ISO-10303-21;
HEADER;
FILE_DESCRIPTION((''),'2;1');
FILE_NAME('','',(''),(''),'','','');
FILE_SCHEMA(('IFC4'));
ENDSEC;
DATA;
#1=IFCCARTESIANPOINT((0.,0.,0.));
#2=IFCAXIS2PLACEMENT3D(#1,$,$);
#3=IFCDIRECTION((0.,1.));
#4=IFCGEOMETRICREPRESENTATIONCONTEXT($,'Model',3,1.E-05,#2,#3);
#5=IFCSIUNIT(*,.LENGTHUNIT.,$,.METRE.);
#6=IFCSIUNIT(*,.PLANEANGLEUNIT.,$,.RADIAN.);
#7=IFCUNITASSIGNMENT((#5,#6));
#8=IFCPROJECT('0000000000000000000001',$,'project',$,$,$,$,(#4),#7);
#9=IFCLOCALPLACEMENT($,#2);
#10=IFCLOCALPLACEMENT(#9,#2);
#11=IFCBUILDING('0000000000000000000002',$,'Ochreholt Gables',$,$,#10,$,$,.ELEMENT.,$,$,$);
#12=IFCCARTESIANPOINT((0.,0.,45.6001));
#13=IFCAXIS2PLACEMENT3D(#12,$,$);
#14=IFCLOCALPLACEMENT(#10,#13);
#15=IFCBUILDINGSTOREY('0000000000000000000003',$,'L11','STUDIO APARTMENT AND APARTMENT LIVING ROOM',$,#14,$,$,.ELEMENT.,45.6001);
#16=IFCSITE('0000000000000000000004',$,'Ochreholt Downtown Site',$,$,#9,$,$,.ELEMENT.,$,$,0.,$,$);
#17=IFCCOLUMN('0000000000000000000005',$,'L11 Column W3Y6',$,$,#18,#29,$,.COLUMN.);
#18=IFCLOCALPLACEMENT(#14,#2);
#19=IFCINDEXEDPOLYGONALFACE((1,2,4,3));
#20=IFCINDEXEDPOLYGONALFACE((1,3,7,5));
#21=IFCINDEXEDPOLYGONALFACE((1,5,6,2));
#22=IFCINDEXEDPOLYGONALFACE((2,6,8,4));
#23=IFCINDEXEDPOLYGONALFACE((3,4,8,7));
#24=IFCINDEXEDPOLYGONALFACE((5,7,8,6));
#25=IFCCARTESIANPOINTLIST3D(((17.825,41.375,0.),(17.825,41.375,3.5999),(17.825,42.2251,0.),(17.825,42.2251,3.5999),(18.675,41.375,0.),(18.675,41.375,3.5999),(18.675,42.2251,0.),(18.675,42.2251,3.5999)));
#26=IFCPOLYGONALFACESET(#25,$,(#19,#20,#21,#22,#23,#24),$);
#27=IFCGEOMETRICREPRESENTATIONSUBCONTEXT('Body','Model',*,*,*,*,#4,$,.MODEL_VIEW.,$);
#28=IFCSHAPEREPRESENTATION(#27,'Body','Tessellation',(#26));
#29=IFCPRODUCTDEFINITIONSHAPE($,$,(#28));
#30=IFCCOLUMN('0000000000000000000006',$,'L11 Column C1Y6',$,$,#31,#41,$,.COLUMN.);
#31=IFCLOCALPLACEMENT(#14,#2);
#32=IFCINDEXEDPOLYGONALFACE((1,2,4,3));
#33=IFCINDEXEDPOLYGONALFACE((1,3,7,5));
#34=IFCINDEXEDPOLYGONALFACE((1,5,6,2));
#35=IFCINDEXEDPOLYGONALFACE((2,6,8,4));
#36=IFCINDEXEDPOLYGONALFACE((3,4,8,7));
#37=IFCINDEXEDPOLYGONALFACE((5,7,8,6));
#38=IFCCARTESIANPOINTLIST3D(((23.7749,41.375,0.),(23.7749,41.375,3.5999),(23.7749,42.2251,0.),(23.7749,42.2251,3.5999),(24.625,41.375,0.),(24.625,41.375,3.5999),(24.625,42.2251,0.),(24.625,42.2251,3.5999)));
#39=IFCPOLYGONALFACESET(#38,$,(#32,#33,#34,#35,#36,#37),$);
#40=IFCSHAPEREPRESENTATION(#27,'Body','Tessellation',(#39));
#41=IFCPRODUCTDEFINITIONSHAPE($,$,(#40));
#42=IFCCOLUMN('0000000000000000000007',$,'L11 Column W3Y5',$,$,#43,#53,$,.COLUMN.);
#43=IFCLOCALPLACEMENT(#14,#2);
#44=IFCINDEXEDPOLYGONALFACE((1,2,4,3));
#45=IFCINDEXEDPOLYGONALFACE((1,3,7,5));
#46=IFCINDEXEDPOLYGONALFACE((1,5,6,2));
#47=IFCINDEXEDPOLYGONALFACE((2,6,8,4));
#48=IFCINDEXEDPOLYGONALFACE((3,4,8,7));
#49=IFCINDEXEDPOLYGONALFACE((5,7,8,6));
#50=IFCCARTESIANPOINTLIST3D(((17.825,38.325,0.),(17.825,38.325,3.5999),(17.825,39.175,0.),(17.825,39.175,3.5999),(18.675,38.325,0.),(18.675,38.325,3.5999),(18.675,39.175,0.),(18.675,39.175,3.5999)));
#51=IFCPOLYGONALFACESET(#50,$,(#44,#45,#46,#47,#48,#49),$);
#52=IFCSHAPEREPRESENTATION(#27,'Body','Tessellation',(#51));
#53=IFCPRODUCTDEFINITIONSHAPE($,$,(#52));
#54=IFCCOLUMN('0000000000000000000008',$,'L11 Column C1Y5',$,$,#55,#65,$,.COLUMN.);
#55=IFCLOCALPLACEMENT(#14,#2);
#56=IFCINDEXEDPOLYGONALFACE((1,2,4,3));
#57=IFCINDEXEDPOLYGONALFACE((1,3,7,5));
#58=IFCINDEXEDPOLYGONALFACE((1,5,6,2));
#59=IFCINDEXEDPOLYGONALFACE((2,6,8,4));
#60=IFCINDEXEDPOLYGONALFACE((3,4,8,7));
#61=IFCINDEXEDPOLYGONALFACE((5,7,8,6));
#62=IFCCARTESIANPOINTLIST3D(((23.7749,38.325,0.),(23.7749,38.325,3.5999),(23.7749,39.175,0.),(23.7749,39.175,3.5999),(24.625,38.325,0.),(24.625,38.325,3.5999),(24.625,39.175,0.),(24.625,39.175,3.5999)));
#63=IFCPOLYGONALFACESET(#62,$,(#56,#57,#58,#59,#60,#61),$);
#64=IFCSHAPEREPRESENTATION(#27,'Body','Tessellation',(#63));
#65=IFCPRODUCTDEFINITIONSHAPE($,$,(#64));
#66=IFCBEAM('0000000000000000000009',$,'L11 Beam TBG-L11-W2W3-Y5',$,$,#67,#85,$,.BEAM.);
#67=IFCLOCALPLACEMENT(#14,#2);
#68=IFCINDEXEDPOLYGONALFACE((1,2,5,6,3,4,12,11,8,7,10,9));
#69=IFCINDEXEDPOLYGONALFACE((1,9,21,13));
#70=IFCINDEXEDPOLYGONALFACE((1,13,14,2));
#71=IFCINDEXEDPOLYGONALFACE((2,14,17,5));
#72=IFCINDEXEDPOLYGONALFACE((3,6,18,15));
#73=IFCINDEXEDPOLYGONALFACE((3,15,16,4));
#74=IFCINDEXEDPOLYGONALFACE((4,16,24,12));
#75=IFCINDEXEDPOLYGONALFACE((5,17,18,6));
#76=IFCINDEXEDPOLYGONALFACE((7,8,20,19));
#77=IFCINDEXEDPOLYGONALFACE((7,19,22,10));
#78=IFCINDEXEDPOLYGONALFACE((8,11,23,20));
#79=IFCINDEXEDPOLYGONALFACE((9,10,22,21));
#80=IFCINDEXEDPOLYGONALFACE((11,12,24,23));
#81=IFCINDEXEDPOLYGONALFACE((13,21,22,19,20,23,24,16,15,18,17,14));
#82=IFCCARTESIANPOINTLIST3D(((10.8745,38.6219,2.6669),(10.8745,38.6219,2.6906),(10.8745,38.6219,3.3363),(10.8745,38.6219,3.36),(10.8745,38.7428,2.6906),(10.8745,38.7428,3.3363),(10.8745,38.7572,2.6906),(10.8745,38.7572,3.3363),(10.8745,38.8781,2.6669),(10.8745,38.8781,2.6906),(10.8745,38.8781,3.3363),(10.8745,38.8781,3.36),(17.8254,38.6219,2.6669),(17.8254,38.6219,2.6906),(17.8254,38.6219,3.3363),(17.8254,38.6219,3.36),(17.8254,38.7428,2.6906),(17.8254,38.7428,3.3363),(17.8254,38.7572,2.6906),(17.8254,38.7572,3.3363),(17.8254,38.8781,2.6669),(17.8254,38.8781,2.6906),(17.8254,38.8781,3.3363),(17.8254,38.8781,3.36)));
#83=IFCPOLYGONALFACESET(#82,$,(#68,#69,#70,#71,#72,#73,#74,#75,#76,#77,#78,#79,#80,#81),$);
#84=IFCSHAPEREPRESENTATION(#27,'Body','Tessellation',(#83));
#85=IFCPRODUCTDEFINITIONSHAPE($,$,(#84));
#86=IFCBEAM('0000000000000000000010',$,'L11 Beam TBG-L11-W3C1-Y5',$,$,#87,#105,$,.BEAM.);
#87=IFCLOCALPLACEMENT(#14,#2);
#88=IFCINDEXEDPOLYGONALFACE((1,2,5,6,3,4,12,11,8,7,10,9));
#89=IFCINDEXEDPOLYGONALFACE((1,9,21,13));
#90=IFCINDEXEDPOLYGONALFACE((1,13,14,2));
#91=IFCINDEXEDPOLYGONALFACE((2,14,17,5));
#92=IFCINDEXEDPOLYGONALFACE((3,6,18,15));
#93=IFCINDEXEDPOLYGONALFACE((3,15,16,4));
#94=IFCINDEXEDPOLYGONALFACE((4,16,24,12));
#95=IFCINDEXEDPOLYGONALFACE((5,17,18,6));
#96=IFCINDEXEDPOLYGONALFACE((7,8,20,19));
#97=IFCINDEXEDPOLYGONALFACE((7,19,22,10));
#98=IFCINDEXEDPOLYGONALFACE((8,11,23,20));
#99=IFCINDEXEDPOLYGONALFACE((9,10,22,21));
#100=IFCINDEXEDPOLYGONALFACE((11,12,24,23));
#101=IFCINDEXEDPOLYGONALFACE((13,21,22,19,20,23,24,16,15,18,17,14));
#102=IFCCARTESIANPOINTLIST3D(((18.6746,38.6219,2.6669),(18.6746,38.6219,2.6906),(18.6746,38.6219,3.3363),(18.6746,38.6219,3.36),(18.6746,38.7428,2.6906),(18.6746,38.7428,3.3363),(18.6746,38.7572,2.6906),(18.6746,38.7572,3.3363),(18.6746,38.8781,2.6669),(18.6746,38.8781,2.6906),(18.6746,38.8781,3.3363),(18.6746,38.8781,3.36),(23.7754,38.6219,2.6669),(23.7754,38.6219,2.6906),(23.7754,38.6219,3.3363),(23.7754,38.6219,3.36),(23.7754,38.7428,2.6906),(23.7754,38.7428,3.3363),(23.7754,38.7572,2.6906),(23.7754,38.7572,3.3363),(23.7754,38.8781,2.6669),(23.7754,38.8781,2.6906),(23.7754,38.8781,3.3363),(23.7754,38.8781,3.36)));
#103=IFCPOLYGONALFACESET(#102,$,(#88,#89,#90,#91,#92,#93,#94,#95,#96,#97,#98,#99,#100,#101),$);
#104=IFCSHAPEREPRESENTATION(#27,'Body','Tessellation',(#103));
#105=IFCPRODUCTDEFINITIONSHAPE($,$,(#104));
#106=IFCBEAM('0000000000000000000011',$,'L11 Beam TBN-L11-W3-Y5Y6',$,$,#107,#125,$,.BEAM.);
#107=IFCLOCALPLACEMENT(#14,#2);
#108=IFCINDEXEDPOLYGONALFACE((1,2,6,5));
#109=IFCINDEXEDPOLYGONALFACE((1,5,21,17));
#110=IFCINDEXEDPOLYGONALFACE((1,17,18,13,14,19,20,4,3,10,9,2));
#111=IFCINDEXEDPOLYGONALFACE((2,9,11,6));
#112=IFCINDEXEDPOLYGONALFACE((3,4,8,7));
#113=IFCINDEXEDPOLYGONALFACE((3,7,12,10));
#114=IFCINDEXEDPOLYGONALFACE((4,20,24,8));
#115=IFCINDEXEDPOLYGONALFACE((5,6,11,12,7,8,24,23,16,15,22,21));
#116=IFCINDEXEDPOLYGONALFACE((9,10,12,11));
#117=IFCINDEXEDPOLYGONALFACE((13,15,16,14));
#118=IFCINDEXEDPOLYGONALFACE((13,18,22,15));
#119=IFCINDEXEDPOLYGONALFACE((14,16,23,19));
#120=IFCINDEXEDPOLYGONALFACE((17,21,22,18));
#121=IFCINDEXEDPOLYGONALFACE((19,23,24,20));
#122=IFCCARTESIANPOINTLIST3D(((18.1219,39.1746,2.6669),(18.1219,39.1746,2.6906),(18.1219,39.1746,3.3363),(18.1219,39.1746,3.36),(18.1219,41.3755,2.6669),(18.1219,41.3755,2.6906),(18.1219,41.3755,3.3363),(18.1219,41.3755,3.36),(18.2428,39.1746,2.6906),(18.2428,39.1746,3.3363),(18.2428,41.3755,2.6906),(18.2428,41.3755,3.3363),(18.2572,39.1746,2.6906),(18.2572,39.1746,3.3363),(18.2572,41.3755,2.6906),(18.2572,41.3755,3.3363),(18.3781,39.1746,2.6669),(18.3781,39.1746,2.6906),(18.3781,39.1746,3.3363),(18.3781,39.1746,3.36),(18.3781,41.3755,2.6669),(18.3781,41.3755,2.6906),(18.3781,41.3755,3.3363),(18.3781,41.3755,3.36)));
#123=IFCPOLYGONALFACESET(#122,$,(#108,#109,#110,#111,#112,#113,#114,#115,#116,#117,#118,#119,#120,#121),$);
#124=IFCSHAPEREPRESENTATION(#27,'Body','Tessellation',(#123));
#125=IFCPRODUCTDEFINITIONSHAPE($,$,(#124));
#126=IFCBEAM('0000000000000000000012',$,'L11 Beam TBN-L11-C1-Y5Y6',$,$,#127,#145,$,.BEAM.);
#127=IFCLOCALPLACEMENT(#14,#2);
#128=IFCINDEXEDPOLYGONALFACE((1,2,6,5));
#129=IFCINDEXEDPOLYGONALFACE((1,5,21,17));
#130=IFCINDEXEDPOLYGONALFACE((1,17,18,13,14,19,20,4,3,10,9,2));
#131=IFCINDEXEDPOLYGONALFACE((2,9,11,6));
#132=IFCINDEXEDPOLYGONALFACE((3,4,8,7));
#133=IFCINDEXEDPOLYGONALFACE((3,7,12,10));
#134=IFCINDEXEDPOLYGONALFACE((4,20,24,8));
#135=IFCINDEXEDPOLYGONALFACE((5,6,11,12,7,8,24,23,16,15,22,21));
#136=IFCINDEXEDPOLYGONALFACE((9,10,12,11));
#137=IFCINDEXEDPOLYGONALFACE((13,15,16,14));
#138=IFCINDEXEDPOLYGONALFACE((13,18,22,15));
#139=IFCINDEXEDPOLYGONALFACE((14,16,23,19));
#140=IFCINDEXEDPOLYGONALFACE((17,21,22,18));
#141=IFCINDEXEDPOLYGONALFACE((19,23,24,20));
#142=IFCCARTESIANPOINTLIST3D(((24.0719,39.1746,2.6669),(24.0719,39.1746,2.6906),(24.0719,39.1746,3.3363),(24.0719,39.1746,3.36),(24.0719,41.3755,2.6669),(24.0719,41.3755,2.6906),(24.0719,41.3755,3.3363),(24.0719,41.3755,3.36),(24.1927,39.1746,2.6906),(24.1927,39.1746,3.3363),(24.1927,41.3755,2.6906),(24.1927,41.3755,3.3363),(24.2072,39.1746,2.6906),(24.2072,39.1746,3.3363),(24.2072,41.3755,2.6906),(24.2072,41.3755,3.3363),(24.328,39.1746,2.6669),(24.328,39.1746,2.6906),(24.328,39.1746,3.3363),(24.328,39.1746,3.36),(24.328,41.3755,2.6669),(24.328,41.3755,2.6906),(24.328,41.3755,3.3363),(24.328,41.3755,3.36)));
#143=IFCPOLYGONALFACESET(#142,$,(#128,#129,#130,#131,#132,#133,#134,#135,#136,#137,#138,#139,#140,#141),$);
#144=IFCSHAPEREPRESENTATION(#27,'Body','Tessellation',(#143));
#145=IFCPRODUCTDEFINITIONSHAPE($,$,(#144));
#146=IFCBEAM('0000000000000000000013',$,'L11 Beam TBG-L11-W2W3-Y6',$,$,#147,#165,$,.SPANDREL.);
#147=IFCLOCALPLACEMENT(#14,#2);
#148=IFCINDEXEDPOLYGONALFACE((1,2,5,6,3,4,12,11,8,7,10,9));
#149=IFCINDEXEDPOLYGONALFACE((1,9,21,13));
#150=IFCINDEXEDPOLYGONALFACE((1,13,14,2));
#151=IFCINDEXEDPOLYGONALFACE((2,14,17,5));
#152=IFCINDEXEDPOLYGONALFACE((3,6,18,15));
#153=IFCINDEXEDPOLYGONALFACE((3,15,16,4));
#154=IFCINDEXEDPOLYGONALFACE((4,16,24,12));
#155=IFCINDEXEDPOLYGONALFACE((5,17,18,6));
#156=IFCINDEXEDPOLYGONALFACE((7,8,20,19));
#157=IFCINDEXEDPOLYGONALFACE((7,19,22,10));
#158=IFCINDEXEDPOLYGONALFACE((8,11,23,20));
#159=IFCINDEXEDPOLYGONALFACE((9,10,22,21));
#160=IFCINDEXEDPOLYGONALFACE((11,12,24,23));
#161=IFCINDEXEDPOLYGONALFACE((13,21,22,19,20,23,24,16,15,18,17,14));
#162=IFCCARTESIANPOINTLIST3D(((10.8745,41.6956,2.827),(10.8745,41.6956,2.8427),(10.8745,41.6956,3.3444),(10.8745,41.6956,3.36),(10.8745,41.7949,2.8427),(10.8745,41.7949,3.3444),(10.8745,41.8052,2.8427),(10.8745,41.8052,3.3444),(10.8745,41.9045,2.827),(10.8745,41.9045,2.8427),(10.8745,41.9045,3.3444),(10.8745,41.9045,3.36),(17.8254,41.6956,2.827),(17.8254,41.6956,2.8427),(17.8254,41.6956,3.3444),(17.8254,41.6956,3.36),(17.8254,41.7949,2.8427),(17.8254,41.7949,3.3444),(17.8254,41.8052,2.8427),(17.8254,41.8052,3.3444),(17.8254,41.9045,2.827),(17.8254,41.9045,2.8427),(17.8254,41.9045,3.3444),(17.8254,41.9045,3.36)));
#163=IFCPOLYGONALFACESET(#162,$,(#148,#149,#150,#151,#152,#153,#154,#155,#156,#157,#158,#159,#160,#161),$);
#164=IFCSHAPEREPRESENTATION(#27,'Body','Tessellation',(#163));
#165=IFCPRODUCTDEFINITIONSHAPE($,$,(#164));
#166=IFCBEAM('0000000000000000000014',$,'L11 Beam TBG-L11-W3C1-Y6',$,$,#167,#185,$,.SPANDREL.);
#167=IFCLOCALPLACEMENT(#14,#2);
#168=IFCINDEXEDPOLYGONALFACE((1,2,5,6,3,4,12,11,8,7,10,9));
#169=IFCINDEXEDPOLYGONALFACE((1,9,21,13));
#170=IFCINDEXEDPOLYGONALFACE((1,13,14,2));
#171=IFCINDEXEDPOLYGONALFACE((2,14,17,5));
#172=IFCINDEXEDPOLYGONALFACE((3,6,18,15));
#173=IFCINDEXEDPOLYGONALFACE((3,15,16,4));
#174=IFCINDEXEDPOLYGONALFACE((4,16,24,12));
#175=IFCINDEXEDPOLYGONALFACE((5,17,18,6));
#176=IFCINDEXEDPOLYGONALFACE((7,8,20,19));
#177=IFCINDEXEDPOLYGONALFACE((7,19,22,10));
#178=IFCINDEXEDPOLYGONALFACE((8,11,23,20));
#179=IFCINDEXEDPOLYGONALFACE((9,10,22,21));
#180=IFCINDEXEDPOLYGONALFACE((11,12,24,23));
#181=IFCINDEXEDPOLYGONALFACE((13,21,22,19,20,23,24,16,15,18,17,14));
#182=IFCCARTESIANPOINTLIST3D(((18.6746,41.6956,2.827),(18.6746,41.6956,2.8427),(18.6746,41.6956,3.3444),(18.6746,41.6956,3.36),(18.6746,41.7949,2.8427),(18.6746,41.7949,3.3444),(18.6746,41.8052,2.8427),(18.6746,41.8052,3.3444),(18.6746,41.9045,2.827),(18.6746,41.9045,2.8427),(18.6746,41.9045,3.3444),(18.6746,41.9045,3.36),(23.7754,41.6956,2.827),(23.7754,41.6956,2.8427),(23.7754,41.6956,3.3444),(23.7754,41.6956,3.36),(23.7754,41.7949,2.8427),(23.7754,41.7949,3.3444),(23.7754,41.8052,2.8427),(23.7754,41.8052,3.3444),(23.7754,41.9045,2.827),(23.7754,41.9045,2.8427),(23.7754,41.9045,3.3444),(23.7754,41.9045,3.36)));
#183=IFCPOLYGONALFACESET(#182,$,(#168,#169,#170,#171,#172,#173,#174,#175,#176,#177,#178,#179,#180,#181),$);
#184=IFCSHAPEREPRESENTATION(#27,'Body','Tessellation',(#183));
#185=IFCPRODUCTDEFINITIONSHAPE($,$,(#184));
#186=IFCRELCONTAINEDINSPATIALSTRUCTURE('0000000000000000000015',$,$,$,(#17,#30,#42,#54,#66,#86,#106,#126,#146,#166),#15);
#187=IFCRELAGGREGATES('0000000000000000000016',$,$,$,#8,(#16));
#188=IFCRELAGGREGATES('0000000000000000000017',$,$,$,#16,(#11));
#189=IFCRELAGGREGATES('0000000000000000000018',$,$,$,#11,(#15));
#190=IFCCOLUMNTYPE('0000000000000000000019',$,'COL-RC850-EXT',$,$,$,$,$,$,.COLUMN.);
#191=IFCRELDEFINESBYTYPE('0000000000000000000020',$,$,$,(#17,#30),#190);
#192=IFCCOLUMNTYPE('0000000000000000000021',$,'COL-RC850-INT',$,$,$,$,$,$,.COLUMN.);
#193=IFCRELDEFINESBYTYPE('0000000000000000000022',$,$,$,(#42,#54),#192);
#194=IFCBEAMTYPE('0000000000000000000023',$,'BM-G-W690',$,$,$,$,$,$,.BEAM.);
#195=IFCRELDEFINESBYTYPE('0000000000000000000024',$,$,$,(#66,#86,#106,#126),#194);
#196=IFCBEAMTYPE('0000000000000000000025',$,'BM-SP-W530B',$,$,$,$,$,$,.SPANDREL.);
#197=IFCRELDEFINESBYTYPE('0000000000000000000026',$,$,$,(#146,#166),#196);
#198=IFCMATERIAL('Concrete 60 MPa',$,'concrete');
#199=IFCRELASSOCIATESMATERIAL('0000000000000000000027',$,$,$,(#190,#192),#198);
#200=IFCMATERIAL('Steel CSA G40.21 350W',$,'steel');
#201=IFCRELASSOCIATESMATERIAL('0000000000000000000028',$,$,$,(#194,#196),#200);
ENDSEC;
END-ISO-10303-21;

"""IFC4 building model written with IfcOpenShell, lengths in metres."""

from ifc_helpers import new_model, si_unit, direction, frame, origin, origin_2d, place, context, subcontext, project, spatial, rectangle, i_section, extrude, material, material_profile, profile_set, type_object, element, save


model = new_model("IFC4")

# Units and contexts
model_context = context("Model", 3, precision=1e-05, world=origin(), true_north=direction((0.0, 1.0)))
body_context = subcontext(model_context, "Body", "Model", "MODEL_VIEW")
ifc_project = project(units=[si_unit("LENGTHUNIT", "METRE"), si_unit("PLANEANGLEUNIT", "RADIAN")], contexts=[model_context])

# Site, building, storey
site_placement = place(None, origin())
site = spatial("IfcSite", under=ifc_project, at=site_placement, Name="Ochreholt Downtown Site", CompositionType="ELEMENT", RefElevation=0.0)
building_placement = place(site_placement, origin())
building = spatial("IfcBuilding", under=site, at=building_placement, Name="Ochreholt Gables", CompositionType="ELEMENT")
storey_placement = place(building_placement, frame((0.0, 0.0, 45.6001)))
storey = spatial("IfcBuildingStorey", under=building, at=storey_placement, Name="L11", Description="STUDIO APARTMENT AND APARTMENT LIVING ROOM", CompositionType="ELEMENT", Elevation=45.6001)

# Columns
ifc_material_1 = material(Name="Concrete 60 MPa", Category="concrete")
ifc_material_profile_1 = material_profile(ifc_material_1, rectangle(XDim=0.8501, YDim=0.8501, at=origin_2d()), Name="RC850X850")
ifc_profile_set_1 = profile_set([ifc_material_profile_1], Name="Concrete 60 MPa")
column_type_1 = type_object("IfcColumnType", Name="COL-RC850-EXT", PredefinedType="COLUMN", material=ifc_profile_set_1)
for number, where, z_axis, x_axis, name in (
    (1, (18.25, 41.8, 0.0), (0.0, 0.0, 1.0), (1.0, 0.0, 0.0), "L11 Column W3Y6"),
    (2, (24.2, 41.8, 0.0), (0.0, 0.0, 1.0), (1.0, 0.0, 0.0), "L11 Column C1Y6"),
):
    element("IfcColumn", number, at=place(storey_placement, frame(where, z_axis=z_axis, x_axis=x_axis)), inside=storey, type_object=column_type_1, Name=name, PredefinedType="COLUMN", context=body_context, shape_type="SweptSolid", body=[
        extrude(rectangle(XDim=0.8501, YDim=0.8501, at=origin_2d()), origin(), (0.0, 0.0, 1.0), 3.5999),
    ])
ifc_material_profile_2 = material_profile(ifc_material_1, rectangle(XDim=0.8501, YDim=0.8501, at=origin_2d()), Name="RC850X850")
ifc_profile_set_2 = profile_set([ifc_material_profile_2], Name="Concrete 60 MPa")
column_type_2 = type_object("IfcColumnType", Name="COL-RC850-INT", PredefinedType="COLUMN", material=ifc_profile_set_2)
for number, where, z_axis, x_axis, name in (
    (3, (18.25, 38.75, 0.0), (0.0, 0.0, 1.0), (1.0, 0.0, 0.0), "L11 Column W3Y5"),
    (4, (24.2, 38.75, 0.0), (0.0, 0.0, 1.0), (1.0, 0.0, 0.0), "L11 Column C1Y5"),
):
    element("IfcColumn", number, at=place(storey_placement, frame(where, z_axis=z_axis, x_axis=x_axis)), inside=storey, type_object=column_type_2, Name=name, PredefinedType="COLUMN", context=body_context, shape_type="SweptSolid", body=[
        extrude(rectangle(XDim=0.8501, YDim=0.8501, at=origin_2d()), origin(), (0.0, 0.0, 1.0), 3.5999),
    ])

# Beams
ifc_material_2 = material(Name="Steel CSA G40.21 350W", Category="steel")
ifc_material_profile_3 = material_profile(ifc_material_2, i_section(OverallWidth=0.2561, OverallDepth=0.6931, WebThickness=0.0144, FlangeThickness=0.0237, at=origin_2d()), Name="W690X170")
ifc_profile_set_3 = profile_set([ifc_material_profile_3], Name="Steel CSA G40.21 350W")
beam_type_1 = type_object("IfcBeamType", Name="BM-G-W690", PredefinedType="BEAM", material=ifc_profile_set_3)
beam_1_placement = place(storey_placement, frame((10.8745, 38.75, 3.0134), z_axis=(1.0, 0.0, 0.0), x_axis=(0.0, 1.0, 0.0)))
element("IfcBeam", 5, at=beam_1_placement, inside=storey, type_object=beam_type_1, Name="L11 Beam TBG-L11-W2W3-Y5", PredefinedType="BEAM", context=body_context, shape_type="SweptSolid", body=[
    extrude(i_section(OverallWidth=0.2561, OverallDepth=0.6931, WebThickness=0.0144, FlangeThickness=0.0237, at=origin_2d()), origin(), (0.0, 0.0, 1.0), 6.9509),
])
beam_2_placement = place(storey_placement, frame((18.6746, 38.75, 3.0134), z_axis=(1.0, 0.0, 0.0), x_axis=(0.0, 1.0, 0.0)))
element("IfcBeam", 6, at=beam_2_placement, inside=storey, type_object=beam_type_1, Name="L11 Beam TBG-L11-W3C1-Y5", PredefinedType="BEAM", context=body_context, shape_type="SweptSolid", body=[
    extrude(i_section(OverallWidth=0.2561, OverallDepth=0.6931, WebThickness=0.0144, FlangeThickness=0.0237, at=origin_2d()), origin(), (0.0, 0.0, 1.0), 5.1008),
])
for number, where, z_axis, x_axis, name in (
    (7, (18.25, 39.1746, 3.0134), (0.0, 1.0, 0.0), (-1.0, 0.0, 0.0), "L11 Beam TBN-L11-W3-Y5Y6"),
    (8, (24.2, 39.1746, 3.0134), (0.0, 1.0, 0.0), (-1.0, 0.0, 0.0), "L11 Beam TBN-L11-C1-Y5Y6"),
):
    element("IfcBeam", number, at=place(storey_placement, frame(where, z_axis=z_axis, x_axis=x_axis)), inside=storey, type_object=beam_type_1, Name=name, PredefinedType="BEAM", context=body_context, shape_type="SweptSolid", body=[
        extrude(i_section(OverallWidth=0.2561, OverallDepth=0.6931, WebThickness=0.0144, FlangeThickness=0.0237, at=origin_2d()), origin(), (0.0, 0.0, 1.0), 2.2009),
    ])
ifc_material_profile_4 = material_profile(ifc_material_2, i_section(OverallWidth=0.209, OverallDepth=0.533, WebThickness=0.0103, FlangeThickness=0.0156, at=origin_2d()), Name="W530X92")
ifc_profile_set_4 = profile_set([ifc_material_profile_4], Name="Steel CSA G40.21 350W")
beam_type_2 = type_object("IfcBeamType", Name="BM-SP-W530B", PredefinedType="SPANDREL", material=ifc_profile_set_4)
beam_3_placement = place(storey_placement, frame((10.8745, 41.8, 3.0935), z_axis=(1.0, 0.0, 0.0), x_axis=(0.0, 1.0, 0.0)))
element("IfcBeam", 9, at=beam_3_placement, inside=storey, type_object=beam_type_2, Name="L11 Beam TBG-L11-W2W3-Y6", PredefinedType="SPANDREL", context=body_context, shape_type="SweptSolid", body=[
    extrude(i_section(OverallWidth=0.209, OverallDepth=0.533, WebThickness=0.0103, FlangeThickness=0.0156, at=origin_2d()), origin(), (0.0, 0.0, 1.0), 6.9509),
])
beam_4_placement = place(storey_placement, frame((18.6746, 41.8, 3.0935), z_axis=(1.0, 0.0, 0.0), x_axis=(0.0, 1.0, 0.0)))
element("IfcBeam", 10, at=beam_4_placement, inside=storey, type_object=beam_type_2, Name="L11 Beam TBG-L11-W3C1-Y6", PredefinedType="SPANDREL", context=body_context, shape_type="SweptSolid", body=[
    extrude(i_section(OverallWidth=0.209, OverallDepth=0.533, WebThickness=0.0103, FlangeThickness=0.0156, at=origin_2d()), origin(), (0.0, 0.0, 1.0), 5.1008),
])

save(model, "model.ifc")
